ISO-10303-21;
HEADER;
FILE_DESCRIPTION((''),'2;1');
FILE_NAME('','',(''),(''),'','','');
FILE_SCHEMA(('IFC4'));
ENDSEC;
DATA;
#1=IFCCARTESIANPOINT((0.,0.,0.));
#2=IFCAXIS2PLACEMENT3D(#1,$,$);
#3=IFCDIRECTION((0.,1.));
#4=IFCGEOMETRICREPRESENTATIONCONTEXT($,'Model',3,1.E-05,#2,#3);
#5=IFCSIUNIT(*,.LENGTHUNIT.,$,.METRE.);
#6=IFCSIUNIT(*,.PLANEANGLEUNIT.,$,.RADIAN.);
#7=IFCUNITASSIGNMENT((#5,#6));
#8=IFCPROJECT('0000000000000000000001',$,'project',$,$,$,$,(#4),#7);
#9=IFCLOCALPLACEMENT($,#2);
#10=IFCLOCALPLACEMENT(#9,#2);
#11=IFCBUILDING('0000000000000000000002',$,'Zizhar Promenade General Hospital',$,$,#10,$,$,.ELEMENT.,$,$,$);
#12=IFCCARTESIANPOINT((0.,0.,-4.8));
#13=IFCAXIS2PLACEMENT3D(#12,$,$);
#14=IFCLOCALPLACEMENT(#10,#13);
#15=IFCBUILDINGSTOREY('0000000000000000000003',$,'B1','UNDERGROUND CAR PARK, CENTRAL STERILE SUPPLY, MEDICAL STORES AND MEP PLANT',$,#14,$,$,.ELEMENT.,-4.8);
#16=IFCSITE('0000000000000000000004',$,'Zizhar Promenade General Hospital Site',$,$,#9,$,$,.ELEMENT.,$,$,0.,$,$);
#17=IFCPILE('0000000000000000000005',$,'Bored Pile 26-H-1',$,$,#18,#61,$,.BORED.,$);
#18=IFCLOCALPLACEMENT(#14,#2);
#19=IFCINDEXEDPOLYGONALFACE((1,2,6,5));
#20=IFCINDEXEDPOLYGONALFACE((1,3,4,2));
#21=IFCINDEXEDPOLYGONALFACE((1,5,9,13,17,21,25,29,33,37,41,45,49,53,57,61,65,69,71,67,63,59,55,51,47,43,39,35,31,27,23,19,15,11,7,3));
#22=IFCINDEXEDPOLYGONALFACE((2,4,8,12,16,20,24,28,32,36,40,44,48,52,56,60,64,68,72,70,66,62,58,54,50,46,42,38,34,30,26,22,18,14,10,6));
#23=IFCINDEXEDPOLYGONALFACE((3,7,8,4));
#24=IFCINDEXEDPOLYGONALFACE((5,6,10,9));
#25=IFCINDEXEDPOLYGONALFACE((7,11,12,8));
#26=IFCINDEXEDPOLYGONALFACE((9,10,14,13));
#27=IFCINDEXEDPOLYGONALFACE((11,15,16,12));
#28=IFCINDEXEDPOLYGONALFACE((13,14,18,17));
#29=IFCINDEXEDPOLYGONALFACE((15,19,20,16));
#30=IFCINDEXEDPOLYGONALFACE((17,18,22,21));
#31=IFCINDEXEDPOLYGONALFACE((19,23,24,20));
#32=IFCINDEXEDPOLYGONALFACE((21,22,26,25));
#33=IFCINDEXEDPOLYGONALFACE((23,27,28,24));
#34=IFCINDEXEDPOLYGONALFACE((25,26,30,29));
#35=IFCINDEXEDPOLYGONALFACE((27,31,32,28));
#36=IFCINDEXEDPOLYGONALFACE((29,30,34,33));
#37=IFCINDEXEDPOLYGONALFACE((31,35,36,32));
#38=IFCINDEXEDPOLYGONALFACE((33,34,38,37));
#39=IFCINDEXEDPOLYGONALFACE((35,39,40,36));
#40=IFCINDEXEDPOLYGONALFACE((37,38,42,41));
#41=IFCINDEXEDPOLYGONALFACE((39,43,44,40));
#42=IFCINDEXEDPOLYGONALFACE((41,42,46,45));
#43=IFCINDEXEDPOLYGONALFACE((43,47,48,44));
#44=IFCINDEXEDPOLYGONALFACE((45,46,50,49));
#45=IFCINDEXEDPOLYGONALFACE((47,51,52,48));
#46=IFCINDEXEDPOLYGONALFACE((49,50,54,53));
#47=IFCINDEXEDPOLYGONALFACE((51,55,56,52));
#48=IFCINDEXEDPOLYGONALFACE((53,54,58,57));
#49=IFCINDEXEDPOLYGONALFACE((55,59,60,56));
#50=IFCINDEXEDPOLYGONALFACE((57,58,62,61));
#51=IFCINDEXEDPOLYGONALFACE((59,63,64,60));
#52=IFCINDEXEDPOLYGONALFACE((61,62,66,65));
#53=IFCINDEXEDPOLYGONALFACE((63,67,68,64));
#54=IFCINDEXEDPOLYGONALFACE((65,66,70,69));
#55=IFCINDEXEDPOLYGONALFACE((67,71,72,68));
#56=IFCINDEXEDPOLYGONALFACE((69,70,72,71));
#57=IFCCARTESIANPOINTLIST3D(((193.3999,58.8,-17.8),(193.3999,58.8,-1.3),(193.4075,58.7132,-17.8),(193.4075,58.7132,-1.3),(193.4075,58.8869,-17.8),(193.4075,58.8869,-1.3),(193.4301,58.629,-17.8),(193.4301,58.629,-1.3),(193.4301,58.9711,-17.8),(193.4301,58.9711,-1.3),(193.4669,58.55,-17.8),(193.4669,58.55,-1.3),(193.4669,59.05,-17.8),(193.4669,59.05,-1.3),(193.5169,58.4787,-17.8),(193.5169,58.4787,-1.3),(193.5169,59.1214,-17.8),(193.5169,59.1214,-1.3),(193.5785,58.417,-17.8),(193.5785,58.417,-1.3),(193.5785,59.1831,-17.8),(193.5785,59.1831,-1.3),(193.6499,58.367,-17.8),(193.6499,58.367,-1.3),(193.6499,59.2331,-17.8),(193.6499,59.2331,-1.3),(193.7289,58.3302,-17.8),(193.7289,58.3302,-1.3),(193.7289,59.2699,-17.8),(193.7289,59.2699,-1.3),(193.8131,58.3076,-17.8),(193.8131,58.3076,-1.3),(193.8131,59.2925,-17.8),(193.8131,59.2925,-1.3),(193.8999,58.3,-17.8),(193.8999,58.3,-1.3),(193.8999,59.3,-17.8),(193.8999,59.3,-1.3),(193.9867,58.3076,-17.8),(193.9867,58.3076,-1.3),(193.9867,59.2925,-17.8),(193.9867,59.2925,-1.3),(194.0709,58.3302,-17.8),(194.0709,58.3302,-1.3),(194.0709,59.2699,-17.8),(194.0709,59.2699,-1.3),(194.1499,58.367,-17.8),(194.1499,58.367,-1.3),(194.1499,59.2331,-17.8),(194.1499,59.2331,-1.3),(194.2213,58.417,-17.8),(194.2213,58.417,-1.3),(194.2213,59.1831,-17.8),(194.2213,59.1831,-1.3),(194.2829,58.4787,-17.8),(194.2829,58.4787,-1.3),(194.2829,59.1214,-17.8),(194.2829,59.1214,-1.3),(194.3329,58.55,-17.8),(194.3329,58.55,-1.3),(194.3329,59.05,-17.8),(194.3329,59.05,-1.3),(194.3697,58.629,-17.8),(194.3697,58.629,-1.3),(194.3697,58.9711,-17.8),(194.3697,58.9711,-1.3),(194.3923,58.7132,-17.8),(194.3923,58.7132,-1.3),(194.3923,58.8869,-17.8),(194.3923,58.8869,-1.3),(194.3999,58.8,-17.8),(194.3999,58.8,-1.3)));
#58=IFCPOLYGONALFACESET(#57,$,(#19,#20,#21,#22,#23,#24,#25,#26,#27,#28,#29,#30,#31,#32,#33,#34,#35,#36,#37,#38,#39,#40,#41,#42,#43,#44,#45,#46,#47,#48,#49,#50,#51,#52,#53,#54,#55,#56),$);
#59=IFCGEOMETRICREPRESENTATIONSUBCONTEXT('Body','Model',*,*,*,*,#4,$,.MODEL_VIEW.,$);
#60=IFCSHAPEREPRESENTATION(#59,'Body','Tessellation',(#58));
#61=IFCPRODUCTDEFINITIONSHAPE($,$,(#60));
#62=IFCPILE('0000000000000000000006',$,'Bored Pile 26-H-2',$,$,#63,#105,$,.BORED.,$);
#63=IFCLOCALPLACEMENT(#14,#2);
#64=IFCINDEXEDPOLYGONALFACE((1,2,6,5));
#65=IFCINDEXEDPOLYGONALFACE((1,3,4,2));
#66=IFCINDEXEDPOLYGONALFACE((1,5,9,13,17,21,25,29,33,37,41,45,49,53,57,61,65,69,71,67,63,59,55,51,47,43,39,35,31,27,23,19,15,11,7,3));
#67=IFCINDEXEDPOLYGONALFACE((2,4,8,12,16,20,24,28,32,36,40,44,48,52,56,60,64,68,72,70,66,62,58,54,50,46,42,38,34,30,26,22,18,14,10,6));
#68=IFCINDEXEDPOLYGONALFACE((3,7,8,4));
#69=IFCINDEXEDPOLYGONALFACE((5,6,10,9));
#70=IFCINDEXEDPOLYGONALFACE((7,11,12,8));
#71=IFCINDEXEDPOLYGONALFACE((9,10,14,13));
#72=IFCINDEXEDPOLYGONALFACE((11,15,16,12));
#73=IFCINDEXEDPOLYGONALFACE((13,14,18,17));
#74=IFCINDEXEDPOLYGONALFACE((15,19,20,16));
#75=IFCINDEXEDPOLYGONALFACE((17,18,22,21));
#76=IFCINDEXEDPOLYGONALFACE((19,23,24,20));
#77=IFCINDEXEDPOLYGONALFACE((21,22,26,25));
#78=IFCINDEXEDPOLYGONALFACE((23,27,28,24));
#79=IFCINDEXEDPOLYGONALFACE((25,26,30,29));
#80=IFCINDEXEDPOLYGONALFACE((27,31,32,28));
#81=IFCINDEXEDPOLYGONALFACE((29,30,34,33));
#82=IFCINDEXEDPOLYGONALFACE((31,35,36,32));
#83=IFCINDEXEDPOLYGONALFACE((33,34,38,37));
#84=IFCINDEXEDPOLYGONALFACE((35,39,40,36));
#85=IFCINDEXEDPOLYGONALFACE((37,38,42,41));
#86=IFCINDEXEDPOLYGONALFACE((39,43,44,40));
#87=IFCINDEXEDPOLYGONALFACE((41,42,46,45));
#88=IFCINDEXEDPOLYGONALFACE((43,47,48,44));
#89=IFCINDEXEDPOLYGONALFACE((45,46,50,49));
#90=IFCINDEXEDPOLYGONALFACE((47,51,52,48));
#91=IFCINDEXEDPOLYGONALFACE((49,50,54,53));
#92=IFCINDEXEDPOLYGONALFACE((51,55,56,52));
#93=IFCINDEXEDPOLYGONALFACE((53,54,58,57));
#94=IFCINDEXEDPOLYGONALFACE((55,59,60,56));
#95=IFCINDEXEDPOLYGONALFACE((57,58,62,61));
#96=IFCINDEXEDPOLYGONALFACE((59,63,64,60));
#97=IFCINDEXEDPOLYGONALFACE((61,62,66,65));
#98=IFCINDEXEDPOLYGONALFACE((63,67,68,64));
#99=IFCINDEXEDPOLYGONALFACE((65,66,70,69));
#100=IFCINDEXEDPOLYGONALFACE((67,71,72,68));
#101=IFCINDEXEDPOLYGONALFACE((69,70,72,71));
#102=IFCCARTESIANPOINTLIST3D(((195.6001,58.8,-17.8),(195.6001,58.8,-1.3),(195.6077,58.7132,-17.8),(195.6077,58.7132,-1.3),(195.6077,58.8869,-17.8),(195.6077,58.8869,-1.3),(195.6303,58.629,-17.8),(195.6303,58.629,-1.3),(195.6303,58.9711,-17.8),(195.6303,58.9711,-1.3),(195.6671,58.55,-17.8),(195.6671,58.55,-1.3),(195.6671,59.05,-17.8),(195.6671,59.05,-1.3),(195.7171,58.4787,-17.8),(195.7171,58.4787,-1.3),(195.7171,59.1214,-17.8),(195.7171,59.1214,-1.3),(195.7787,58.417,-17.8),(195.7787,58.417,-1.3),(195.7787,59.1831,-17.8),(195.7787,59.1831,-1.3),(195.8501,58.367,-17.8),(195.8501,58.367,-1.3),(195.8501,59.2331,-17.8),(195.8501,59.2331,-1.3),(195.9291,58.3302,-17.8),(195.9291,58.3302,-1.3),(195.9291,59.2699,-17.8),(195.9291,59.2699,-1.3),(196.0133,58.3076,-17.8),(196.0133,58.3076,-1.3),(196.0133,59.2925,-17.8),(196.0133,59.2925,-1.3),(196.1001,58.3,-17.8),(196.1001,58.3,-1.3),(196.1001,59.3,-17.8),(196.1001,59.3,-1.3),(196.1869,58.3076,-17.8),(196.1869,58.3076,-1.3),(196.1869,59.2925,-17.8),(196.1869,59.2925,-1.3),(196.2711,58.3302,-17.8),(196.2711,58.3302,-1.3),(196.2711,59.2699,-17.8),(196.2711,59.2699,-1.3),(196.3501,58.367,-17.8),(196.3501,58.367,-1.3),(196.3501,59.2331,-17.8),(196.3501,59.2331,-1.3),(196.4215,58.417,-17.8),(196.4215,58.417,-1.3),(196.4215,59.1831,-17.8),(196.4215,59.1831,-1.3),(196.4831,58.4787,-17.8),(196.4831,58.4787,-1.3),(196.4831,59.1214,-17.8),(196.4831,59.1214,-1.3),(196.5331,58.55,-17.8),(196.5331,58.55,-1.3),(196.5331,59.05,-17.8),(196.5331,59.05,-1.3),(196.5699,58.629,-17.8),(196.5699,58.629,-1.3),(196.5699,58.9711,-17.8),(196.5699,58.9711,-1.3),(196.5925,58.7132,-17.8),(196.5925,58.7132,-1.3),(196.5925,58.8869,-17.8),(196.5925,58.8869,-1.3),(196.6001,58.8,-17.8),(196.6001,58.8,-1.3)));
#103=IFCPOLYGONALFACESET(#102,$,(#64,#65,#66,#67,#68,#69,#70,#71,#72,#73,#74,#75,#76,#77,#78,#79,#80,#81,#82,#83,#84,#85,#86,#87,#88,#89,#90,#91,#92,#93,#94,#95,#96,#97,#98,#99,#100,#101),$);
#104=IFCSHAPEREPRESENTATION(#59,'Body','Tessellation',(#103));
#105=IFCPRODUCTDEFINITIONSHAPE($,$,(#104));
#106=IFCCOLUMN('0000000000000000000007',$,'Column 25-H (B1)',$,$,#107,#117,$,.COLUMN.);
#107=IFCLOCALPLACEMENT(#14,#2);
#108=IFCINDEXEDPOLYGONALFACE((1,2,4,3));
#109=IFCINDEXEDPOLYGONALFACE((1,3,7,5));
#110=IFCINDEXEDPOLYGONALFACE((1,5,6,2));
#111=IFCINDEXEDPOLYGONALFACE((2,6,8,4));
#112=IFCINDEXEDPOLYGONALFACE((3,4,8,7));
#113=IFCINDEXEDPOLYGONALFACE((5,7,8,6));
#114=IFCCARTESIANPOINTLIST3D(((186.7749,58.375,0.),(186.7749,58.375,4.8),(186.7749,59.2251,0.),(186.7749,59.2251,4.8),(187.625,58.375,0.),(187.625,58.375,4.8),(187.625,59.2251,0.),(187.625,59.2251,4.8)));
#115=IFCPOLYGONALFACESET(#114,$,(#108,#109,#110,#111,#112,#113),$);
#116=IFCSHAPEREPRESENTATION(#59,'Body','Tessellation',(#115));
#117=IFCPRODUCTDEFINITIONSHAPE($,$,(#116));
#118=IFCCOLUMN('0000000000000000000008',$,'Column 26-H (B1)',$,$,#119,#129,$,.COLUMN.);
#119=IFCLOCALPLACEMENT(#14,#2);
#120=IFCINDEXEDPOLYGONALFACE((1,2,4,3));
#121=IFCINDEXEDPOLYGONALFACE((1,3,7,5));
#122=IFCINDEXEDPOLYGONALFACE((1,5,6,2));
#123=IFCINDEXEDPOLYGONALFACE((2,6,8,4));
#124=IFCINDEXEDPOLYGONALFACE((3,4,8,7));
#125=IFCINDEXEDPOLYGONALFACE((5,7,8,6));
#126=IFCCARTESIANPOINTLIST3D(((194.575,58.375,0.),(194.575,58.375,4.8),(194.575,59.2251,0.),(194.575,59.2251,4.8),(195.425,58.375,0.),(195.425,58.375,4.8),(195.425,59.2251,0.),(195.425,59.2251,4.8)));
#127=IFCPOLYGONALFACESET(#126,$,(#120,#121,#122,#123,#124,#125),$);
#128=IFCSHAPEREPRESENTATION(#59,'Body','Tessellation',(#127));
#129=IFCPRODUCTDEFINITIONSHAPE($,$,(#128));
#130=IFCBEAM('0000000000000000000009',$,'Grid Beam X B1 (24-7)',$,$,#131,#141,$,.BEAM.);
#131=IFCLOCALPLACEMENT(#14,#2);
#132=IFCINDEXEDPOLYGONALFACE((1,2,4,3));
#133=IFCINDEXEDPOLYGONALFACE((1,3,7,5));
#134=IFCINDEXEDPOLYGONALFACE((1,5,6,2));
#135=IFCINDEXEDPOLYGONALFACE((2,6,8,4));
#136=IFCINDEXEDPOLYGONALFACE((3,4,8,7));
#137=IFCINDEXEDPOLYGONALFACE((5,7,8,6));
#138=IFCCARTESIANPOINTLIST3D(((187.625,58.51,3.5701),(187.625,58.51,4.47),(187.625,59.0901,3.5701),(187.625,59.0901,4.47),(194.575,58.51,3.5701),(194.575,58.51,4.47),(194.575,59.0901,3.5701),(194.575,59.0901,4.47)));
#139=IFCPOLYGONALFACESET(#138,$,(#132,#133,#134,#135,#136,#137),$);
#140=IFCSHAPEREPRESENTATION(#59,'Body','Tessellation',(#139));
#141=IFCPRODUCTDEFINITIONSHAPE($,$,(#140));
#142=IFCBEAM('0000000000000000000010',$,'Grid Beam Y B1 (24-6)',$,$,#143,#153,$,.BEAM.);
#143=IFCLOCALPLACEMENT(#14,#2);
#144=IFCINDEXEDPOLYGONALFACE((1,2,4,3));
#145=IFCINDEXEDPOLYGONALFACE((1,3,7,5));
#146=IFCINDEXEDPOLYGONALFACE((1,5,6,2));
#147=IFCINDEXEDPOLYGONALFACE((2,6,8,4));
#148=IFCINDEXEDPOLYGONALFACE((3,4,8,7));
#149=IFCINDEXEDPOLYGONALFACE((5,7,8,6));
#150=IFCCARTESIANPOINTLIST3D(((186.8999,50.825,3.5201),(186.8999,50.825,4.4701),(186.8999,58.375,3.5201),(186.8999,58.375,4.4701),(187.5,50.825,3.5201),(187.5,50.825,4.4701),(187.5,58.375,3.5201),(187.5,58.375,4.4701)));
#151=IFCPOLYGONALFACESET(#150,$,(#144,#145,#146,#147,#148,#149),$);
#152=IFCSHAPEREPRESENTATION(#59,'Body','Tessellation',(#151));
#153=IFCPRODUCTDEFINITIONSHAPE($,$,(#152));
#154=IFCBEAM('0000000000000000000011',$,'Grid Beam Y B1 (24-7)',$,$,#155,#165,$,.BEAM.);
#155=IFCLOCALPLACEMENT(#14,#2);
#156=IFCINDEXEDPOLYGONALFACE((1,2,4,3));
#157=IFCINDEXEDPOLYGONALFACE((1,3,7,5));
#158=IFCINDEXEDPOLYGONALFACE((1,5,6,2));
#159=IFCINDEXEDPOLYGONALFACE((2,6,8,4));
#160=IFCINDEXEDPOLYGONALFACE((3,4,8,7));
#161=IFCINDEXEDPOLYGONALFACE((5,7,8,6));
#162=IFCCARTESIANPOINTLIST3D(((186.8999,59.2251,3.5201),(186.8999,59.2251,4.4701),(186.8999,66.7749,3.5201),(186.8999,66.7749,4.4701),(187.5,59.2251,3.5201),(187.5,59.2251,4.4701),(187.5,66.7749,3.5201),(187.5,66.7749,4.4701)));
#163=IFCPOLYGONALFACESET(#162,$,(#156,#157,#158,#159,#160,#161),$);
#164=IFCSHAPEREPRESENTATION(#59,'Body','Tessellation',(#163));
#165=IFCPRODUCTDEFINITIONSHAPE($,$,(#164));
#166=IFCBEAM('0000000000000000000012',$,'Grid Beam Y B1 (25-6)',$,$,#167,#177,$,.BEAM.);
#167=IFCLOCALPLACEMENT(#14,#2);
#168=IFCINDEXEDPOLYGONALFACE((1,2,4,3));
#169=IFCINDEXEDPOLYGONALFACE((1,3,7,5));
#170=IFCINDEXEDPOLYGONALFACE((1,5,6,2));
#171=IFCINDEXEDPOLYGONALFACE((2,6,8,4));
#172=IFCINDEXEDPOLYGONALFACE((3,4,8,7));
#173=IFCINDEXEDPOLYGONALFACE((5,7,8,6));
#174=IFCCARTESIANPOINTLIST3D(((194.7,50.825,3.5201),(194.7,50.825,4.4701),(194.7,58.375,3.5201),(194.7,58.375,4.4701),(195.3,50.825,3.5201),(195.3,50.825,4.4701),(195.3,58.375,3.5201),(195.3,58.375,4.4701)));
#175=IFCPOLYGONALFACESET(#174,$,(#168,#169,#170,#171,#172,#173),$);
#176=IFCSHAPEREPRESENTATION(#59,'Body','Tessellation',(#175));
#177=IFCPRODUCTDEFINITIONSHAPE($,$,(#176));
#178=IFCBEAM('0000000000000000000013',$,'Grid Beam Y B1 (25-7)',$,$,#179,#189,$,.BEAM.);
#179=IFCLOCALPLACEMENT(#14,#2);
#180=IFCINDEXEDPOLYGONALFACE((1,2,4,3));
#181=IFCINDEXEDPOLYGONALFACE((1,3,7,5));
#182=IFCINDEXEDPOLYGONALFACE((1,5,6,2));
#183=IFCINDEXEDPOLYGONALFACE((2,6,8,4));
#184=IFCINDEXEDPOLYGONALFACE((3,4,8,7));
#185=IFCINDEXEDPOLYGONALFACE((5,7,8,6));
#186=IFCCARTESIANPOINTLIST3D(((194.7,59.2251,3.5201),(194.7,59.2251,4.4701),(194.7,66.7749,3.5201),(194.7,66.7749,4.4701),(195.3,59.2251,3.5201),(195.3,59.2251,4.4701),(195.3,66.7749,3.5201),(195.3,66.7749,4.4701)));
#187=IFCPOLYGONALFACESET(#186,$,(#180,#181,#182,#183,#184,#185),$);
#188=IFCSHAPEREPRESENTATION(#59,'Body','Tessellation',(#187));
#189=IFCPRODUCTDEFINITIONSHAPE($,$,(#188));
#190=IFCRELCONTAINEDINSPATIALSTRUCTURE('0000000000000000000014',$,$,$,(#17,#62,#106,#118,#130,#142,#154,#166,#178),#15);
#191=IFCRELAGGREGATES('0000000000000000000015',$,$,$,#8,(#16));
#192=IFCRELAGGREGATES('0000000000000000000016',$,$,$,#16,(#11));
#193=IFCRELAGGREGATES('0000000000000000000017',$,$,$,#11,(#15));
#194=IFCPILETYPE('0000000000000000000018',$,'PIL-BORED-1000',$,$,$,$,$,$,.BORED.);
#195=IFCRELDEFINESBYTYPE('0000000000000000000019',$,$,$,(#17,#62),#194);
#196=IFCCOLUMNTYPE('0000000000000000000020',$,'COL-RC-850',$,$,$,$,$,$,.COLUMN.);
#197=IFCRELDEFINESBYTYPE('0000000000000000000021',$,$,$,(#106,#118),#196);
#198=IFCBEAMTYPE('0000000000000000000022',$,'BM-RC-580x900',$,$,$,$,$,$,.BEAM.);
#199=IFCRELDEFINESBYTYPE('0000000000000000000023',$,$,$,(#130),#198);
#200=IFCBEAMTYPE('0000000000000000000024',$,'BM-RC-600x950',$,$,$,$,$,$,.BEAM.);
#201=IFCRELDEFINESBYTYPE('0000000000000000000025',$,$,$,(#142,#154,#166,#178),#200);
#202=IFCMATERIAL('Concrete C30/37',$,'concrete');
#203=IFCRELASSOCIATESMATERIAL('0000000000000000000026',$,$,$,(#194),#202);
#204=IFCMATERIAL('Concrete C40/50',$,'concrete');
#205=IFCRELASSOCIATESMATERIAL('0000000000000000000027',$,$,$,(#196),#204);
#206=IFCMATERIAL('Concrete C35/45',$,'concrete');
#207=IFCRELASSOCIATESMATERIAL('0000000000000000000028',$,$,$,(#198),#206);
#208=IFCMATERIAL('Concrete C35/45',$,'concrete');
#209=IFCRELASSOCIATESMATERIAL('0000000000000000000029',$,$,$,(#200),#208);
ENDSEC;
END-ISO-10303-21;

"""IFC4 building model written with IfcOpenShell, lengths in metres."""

from ifc_helpers import new_model, si_unit, direction, frame, origin, origin_2d, place, context, subcontext, project, spatial, rectangle, circle, extrude, material, material_profile, profile_set, type_object, element, save


model = new_model("IFC4")

# Units and contexts
model_context = context("Model", 3, precision=1e-05, world=origin(), true_north=direction((0.0, 1.0)))
body_context = subcontext(model_context, "Body", "Model", "MODEL_VIEW")
ifc_project = project(units=[si_unit("LENGTHUNIT", "METRE"), si_unit("PLANEANGLEUNIT", "RADIAN")], contexts=[model_context])

# Site, building, storey
site_placement = place(None, origin())
site = spatial("IfcSite", under=ifc_project, at=site_placement, Name="Zizhar Promenade General Hospital Site", CompositionType="ELEMENT", RefElevation=0.0)
building_placement = place(site_placement, origin())
building = spatial("IfcBuilding", under=site, at=building_placement, Name="Zizhar Promenade General Hospital", CompositionType="ELEMENT")
storey_placement = place(building_placement, frame((0.0, 0.0, -4.8)))
storey = spatial("IfcBuildingStorey", under=building, at=storey_placement, Name="B1", Description="UNDERGROUND CAR PARK, CENTRAL STERILE SUPPLY, MEDICAL STORES AND MEP PLANT", CompositionType="ELEMENT", Elevation=-4.8)

# Piles
ifc_material_1 = material(Name="Concrete C30/37", Category="concrete")
ifc_material_profile_1 = material_profile(ifc_material_1, circle(Radius=0.5, at=origin_2d()))
ifc_profile_set_1 = profile_set([ifc_material_profile_1], Name="Concrete C30/37")
pile_type = type_object("IfcPileType", Name="PIL-BORED-1000", PredefinedType="BORED", material=ifc_profile_set_1)
for number, where, z_axis, x_axis, name in (
    (1, (193.8999, 58.8, -1.3), (0.0, 0.0, -1.0), (1.0, 0.0, 0.0), "Bored Pile 26-H-1"),
    (2, (196.1001, 58.8, -1.3), (0.0, 0.0, -1.0), (1.0, 0.0, 0.0), "Bored Pile 26-H-2"),
):
    element("IfcPile", number, at=place(storey_placement, frame(where, z_axis=z_axis, x_axis=x_axis)), inside=storey, type_object=pile_type, Name=name, PredefinedType="BORED", context=body_context, shape_type="SweptSolid", body=[
        extrude(circle(Radius=0.5, at=origin_2d()), origin(), (0.0, 0.0, 1.0), 16.5),
    ])

# Columns
ifc_material_2 = material(Name="Concrete C40/50", Category="concrete")
ifc_material_profile_2 = material_profile(ifc_material_2, rectangle(XDim=0.8501, YDim=0.8501, at=origin_2d()))
ifc_profile_set_2 = profile_set([ifc_material_profile_2], Name="Concrete C40/50")
column_type = type_object("IfcColumnType", Name="COL-RC-850", PredefinedType="COLUMN", material=ifc_profile_set_2)
for number, where, z_axis, x_axis, name in (
    (3, (187.2, 58.8, 0.0), (0.0, 0.0, 1.0), (1.0, 0.0, 0.0), "Column 25-H (B1)"),
    (4, (195.0, 58.8, 0.0), (0.0, 0.0, 1.0), (1.0, 0.0, 0.0), "Column 26-H (B1)"),
):
    element("IfcColumn", number, at=place(storey_placement, frame(where, z_axis=z_axis, x_axis=x_axis)), inside=storey, type_object=column_type, Name=name, PredefinedType="COLUMN", context=body_context, shape_type="SweptSolid", body=[
        extrude(rectangle(XDim=0.8501, YDim=0.8501, at=origin_2d()), origin(), (0.0, 0.0, 1.0), 4.8),
    ])

# Beams
ifc_material_3 = material(Name="Concrete C35/45", Category="concrete")
ifc_material_profile_3 = material_profile(ifc_material_3, rectangle(XDim=0.5801, YDim=0.8999, at=origin_2d()))
ifc_profile_set_3 = profile_set([ifc_material_profile_3], Name="Concrete C35/45")
beam_type_1 = type_object("IfcBeamType", Name="BM-RC-580x900", PredefinedType="BEAM", material=ifc_profile_set_3)
beam_1_placement = place(storey_placement, frame((187.625, 58.8, 4.02), z_axis=(1.0, 0.0, 0.0), x_axis=(0.0, 1.0, 0.0)))
element("IfcBeam", 5, at=beam_1_placement, inside=storey, type_object=beam_type_1, Name="Grid Beam X B1 (24-7)", PredefinedType="BEAM", context=body_context, shape_type="SweptSolid", body=[
    extrude(rectangle(XDim=0.5801, YDim=0.8999, at=origin_2d()), origin(), (0.0, 0.0, 1.0), 6.95),
])
ifc_material_4 = material(Name="Concrete C35/45", Category="concrete")
ifc_material_profile_4 = material_profile(ifc_material_4, rectangle(XDim=0.6001, YDim=0.95, at=origin_2d()))
ifc_profile_set_4 = profile_set([ifc_material_profile_4], Name="Concrete C35/45")
beam_type_2 = type_object("IfcBeamType", Name="BM-RC-600x950", PredefinedType="BEAM", material=ifc_profile_set_4)
beam_2_placement = place(storey_placement, frame((187.2, 50.825, 3.9951), z_axis=(0.0, 1.0, 0.0), x_axis=(-1.0, 0.0, 0.0)))
element("IfcBeam", 6, at=beam_2_placement, inside=storey, type_object=beam_type_2, Name="Grid Beam Y B1 (24-6)", PredefinedType="BEAM", context=body_context, shape_type="SweptSolid", body=[
    extrude(rectangle(XDim=0.6001, YDim=0.95, at=origin_2d()), origin(), (0.0, 0.0, 1.0), 7.55),
])
beam_3_placement = place(storey_placement, frame((187.2, 59.2251, 3.9951), z_axis=(0.0, 1.0, 0.0), x_axis=(-1.0, 0.0, 0.0)))
element("IfcBeam", 7, at=beam_3_placement, inside=storey, type_object=beam_type_2, Name="Grid Beam Y B1 (24-7)", PredefinedType="BEAM", context=body_context, shape_type="SweptSolid", body=[
    extrude(rectangle(XDim=0.6001, YDim=0.95, at=origin_2d()), origin(), (0.0, 0.0, 1.0), 7.5498),
])
beam_4_placement = place(storey_placement, frame((195.0, 50.825, 3.9951), z_axis=(0.0, 1.0, 0.0), x_axis=(-1.0, 0.0, 0.0)))
element("IfcBeam", 8, at=beam_4_placement, inside=storey, type_object=beam_type_2, Name="Grid Beam Y B1 (25-6)", PredefinedType="BEAM", context=body_context, shape_type="SweptSolid", body=[
    extrude(rectangle(XDim=0.6001, YDim=0.95, at=origin_2d()), origin(), (0.0, 0.0, 1.0), 7.55),
])
beam_5_placement = place(storey_placement, frame((195.0, 59.2251, 3.9951), z_axis=(0.0, 1.0, 0.0), x_axis=(-1.0, 0.0, 0.0)))
element("IfcBeam", 9, at=beam_5_placement, inside=storey, type_object=beam_type_2, Name="Grid Beam Y B1 (25-7)", PredefinedType="BEAM", context=body_context, shape_type="SweptSolid", body=[
    extrude(rectangle(XDim=0.6001, YDim=0.95, at=origin_2d()), origin(), (0.0, 0.0, 1.0), 7.5498),
])

save(model, "model.ifc")
